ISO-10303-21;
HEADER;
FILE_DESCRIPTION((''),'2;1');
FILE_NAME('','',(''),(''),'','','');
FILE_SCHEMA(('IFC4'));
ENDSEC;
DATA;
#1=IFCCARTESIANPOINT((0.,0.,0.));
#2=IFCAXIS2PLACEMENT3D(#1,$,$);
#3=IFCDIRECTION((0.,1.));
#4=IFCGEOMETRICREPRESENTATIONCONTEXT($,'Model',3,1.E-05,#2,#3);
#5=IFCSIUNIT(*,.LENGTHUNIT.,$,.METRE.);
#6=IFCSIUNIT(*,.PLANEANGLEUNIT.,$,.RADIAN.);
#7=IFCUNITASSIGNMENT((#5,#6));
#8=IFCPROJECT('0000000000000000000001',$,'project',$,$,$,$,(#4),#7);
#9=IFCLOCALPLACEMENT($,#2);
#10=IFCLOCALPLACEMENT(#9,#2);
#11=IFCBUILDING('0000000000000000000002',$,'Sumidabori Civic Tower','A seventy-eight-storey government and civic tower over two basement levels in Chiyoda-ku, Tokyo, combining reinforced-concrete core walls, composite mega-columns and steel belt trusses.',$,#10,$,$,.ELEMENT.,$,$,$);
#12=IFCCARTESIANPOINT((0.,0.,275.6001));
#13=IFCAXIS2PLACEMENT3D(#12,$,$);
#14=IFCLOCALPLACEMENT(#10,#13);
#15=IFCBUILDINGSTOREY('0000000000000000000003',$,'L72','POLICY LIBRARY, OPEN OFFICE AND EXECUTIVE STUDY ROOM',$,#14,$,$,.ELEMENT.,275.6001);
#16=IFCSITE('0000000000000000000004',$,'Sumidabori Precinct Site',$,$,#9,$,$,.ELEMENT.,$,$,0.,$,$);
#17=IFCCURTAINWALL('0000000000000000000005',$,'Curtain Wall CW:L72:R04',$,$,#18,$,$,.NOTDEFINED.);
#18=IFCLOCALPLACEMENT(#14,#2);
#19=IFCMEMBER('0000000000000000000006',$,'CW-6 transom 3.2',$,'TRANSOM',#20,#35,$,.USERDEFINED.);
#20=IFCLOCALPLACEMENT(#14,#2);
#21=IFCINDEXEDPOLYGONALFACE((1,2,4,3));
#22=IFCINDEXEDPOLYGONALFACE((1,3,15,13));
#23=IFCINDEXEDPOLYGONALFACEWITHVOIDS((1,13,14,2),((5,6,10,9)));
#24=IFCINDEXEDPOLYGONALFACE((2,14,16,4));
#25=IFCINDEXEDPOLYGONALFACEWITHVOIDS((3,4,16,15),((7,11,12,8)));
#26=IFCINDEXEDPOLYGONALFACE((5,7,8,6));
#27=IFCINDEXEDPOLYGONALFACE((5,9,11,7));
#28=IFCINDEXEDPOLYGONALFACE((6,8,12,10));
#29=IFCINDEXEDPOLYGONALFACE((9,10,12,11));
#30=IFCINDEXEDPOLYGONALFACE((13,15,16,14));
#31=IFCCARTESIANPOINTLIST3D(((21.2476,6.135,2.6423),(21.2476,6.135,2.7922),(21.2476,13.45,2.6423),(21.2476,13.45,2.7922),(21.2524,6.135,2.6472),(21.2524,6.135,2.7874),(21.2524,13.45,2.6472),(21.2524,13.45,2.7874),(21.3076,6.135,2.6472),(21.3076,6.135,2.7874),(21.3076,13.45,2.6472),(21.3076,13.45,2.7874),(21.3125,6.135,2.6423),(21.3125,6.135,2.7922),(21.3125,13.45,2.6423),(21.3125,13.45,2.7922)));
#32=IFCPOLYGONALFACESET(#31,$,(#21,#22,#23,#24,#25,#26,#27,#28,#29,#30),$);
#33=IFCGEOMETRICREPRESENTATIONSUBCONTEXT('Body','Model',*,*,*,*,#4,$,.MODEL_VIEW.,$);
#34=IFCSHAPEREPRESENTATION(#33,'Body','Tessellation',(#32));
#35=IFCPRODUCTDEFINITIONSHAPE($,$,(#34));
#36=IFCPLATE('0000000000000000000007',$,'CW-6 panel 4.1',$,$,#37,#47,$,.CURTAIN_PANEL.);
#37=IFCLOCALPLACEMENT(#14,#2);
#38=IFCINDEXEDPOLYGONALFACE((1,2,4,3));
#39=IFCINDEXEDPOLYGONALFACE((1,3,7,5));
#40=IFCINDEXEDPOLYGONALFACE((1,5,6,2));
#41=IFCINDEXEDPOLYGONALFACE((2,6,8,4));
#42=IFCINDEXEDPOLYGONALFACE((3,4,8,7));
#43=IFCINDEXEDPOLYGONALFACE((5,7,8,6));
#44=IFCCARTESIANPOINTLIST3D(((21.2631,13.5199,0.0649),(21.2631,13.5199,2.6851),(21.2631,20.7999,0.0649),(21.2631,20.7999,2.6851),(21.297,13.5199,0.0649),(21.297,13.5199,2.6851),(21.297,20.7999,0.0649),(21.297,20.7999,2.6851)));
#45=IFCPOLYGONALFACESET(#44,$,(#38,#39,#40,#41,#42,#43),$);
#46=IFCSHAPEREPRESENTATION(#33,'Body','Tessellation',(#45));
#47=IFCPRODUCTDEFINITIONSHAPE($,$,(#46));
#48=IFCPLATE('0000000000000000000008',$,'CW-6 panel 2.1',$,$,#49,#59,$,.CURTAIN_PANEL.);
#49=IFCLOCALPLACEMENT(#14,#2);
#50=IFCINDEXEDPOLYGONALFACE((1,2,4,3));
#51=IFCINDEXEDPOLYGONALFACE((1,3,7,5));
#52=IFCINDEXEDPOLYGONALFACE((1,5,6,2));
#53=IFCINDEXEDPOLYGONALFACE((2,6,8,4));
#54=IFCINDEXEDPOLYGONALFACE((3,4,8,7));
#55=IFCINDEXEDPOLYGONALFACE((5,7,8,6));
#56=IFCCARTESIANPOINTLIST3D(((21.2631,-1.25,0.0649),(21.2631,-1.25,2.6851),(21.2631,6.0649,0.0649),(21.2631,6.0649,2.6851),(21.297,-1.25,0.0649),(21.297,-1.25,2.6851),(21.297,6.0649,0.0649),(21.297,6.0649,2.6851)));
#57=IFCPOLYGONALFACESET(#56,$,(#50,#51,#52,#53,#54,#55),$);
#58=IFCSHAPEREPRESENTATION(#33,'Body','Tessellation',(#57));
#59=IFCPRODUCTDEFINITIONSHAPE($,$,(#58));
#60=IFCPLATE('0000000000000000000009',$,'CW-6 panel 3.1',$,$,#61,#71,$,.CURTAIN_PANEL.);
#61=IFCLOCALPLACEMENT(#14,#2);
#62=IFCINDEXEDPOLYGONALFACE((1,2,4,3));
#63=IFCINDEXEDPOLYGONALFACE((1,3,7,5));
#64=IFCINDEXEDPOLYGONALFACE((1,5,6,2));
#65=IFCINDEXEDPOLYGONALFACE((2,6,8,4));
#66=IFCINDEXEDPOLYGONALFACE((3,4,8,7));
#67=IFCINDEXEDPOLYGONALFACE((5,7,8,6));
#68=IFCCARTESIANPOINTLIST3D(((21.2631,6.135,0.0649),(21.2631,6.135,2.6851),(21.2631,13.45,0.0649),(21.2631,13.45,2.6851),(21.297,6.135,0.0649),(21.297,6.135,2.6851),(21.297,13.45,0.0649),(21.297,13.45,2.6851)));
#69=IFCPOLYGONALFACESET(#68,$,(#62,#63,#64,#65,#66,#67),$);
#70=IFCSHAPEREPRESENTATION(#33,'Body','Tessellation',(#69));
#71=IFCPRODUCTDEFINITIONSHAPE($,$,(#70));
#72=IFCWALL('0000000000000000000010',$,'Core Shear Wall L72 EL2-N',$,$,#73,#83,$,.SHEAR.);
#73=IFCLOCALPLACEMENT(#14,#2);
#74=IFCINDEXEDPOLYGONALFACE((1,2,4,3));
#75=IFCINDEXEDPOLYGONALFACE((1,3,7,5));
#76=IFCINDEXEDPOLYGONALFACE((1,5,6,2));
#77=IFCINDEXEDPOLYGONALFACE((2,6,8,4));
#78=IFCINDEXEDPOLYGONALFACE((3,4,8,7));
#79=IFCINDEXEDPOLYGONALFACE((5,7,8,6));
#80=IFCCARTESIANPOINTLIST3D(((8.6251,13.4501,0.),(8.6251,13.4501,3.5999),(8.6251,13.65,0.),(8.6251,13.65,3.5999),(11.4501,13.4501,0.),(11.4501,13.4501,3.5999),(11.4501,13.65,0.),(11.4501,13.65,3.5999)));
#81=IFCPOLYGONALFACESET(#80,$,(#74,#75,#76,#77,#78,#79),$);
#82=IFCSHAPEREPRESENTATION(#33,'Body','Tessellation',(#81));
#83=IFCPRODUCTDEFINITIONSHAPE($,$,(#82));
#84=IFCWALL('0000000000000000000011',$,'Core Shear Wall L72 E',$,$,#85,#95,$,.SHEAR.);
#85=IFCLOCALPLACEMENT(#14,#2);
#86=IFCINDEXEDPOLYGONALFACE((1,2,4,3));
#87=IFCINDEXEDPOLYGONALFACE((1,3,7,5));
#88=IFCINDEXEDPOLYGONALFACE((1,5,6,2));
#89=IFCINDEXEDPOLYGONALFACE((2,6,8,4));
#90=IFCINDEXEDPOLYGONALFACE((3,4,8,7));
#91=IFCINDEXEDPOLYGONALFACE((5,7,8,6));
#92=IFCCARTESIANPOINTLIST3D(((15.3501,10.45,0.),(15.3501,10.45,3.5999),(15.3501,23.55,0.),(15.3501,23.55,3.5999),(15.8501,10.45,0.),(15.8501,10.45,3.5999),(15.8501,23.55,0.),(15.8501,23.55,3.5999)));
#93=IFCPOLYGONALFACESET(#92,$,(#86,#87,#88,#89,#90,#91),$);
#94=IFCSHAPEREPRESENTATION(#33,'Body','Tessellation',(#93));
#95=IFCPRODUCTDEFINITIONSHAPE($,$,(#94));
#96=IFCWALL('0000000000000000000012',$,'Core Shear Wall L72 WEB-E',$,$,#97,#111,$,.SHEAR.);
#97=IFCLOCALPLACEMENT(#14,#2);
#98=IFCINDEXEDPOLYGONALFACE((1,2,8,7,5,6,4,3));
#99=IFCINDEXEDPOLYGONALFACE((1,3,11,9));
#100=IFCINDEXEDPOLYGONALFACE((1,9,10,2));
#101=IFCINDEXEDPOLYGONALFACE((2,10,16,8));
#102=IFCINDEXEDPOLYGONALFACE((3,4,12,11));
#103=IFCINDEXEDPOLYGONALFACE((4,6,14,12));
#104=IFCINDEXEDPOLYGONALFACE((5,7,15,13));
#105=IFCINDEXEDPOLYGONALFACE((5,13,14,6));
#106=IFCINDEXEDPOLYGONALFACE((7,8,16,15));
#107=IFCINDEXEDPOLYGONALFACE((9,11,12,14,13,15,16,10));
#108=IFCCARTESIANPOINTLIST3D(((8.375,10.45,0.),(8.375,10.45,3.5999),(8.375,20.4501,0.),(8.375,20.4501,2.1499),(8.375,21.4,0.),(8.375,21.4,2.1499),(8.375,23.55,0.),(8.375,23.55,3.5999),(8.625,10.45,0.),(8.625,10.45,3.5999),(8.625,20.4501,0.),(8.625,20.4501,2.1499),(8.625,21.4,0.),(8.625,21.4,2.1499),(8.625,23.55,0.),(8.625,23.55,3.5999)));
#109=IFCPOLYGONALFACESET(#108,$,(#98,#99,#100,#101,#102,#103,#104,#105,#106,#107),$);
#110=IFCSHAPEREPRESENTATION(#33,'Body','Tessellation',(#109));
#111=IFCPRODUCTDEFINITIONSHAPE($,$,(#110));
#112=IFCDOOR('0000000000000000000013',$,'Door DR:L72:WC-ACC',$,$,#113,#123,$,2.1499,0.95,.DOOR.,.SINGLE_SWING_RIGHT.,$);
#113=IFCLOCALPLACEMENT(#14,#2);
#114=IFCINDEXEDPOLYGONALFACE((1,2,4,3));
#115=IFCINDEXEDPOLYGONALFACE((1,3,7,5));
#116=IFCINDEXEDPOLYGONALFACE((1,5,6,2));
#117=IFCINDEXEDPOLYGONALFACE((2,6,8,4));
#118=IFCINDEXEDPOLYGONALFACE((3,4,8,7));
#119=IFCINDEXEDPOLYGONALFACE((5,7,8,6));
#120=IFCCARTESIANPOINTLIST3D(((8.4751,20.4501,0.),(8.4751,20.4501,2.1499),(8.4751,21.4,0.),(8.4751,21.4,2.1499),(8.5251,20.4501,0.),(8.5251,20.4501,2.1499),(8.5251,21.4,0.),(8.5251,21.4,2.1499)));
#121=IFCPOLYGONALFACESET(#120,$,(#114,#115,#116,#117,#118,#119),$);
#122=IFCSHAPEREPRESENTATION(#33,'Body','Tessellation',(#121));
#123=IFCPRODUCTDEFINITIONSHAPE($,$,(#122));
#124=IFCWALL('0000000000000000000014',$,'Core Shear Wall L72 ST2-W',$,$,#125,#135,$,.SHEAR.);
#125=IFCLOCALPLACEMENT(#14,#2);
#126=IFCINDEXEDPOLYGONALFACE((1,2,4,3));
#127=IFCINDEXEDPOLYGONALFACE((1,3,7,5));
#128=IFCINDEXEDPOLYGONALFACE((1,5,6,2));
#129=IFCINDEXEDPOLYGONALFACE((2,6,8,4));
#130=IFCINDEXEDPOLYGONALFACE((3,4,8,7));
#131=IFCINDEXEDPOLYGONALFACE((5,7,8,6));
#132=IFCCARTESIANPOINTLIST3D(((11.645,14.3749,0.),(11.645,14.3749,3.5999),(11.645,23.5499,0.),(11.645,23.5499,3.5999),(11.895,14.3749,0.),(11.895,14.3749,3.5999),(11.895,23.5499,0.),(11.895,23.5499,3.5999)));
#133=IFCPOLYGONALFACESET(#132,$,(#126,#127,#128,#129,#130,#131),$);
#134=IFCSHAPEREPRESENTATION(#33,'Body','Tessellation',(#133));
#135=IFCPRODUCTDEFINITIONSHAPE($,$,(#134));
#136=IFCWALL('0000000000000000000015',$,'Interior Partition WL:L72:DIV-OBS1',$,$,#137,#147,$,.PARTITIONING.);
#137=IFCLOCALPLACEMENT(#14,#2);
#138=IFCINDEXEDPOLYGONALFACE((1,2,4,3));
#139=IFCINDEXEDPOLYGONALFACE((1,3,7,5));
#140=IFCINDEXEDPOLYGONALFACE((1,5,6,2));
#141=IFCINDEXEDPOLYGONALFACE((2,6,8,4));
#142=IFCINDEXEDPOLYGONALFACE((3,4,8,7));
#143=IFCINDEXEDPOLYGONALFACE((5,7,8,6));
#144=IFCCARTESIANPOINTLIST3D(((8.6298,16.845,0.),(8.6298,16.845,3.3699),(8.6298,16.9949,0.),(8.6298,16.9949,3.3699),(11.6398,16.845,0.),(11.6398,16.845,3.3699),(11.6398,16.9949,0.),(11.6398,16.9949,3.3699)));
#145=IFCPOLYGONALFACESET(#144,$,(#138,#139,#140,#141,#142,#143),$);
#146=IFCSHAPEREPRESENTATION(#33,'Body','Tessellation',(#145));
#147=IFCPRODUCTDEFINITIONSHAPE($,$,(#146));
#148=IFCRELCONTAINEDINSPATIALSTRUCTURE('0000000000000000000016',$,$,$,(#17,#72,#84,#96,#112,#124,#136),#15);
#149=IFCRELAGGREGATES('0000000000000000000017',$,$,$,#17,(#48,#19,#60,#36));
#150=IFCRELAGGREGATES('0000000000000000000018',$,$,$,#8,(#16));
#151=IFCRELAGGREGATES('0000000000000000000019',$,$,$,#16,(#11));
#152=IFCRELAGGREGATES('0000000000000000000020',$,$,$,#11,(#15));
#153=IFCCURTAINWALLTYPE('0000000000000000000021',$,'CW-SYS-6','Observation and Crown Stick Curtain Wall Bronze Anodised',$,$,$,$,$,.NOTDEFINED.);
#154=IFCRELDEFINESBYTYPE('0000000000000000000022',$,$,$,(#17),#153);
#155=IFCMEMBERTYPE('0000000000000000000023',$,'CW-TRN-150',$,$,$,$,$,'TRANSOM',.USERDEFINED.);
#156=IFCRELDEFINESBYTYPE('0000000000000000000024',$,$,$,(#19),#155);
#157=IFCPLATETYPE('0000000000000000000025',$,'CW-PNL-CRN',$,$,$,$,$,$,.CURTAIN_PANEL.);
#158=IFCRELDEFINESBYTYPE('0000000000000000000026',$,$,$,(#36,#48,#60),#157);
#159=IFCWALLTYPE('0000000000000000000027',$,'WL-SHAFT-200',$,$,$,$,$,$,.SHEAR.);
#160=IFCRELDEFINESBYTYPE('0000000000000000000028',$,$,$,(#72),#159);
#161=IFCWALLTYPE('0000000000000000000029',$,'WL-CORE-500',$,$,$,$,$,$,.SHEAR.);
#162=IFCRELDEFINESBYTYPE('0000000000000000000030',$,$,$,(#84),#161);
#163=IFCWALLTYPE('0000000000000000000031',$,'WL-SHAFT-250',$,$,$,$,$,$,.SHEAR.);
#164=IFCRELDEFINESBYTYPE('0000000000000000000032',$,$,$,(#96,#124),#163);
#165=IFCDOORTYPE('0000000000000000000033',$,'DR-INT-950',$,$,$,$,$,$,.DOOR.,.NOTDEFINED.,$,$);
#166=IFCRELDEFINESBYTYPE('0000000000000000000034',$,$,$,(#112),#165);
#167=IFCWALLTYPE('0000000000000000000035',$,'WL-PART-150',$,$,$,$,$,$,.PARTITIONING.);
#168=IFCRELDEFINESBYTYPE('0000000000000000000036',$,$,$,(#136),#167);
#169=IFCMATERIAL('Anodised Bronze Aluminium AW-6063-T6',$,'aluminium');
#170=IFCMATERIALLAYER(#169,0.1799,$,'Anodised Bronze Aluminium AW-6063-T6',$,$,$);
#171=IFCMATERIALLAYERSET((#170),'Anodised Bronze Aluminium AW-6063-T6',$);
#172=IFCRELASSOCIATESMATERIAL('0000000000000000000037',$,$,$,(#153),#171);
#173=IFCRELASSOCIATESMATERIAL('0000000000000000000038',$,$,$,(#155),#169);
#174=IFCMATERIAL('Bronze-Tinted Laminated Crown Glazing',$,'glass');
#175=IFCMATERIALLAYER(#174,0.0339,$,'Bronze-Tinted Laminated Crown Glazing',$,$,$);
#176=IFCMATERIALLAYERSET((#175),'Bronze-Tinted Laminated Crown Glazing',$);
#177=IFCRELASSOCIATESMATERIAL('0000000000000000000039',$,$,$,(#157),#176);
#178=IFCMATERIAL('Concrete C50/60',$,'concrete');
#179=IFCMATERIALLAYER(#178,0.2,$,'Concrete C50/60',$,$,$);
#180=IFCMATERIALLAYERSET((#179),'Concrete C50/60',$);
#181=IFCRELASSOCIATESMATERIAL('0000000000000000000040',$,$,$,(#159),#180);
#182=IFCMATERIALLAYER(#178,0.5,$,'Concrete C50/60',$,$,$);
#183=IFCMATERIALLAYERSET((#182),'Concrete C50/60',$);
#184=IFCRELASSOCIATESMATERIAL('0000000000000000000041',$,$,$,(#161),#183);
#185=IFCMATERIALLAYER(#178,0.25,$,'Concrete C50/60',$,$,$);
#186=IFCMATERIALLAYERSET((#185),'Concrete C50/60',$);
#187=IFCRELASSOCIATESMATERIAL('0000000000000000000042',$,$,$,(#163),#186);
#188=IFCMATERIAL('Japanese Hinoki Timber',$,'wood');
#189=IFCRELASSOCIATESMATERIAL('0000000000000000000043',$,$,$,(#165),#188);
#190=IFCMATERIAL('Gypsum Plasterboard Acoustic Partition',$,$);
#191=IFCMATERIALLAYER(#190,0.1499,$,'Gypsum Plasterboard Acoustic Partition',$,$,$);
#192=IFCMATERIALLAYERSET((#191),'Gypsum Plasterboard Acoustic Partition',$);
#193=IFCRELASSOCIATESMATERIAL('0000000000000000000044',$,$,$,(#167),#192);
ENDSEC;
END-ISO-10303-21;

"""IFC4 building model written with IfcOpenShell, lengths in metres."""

from ifc_helpers import new_model, si_unit, direction, frame, frame_2d, origin, origin_2d, place, context, subcontext, project, spatial, rectangle, hollow_rectangle, extrude, source, transform, mapped, material, layer, layer_set, material_profile, profile_set, type_object, element, fill, aggregate, save


model = new_model("IFC4")

# Units and contexts
model_context = context("Model", 3, precision=1e-05, world=origin(), true_north=direction((0.0, 1.0)))
body_context = subcontext(model_context, "Body", "Model", "MODEL_VIEW")
ifc_project = project(units=[si_unit("LENGTHUNIT", "METRE"), si_unit("PLANEANGLEUNIT", "RADIAN")], contexts=[model_context])

# Site, building, storey
site_placement = place(None, origin())
site = spatial("IfcSite", under=ifc_project, at=site_placement, Name="Sumidabori Precinct Site", CompositionType="ELEMENT", RefElevation=0.0)
building_placement = place(site_placement, origin())
building = spatial("IfcBuilding", under=site, at=building_placement, Name="Sumidabori Civic Tower", Description="A seventy-eight-storey government and civic tower over two basement levels in Chiyoda-ku, Tokyo, combining reinforced-concrete core walls, composite mega-columns and steel belt trusses.", CompositionType="ELEMENT")
storey_placement = place(building_placement, frame((0.0, 0.0, 275.6001)))
storey = spatial("IfcBuildingStorey", under=building, at=storey_placement, Name="L72", Description="POLICY LIBRARY, OPEN OFFICE AND EXECUTIVE STUDY ROOM", CompositionType="ELEMENT", Elevation=275.6001)

# Shared definitions
ifc_material_1 = material(Name="Concrete C50/60", Category="concrete")

# Curtain wall, member, plates
ifc_material_2 = material(Name="Anodised Bronze Aluminium AW-6063-T6", Category="aluminium")
ifc_layer_1 = layer(ifc_material_2, 0.1799, Name="Anodised Bronze Aluminium AW-6063-T6")
ifc_layer_set_1 = layer_set([ifc_layer_1], Name="Anodised Bronze Aluminium AW-6063-T6")
curtain_wall_type = type_object("IfcCurtainWallType", Name="CW-SYS-6", Description="Observation and Crown Stick Curtain Wall Bronze Anodised", PredefinedType="NOTDEFINED", material=ifc_layer_set_1)
curtain_wall_placement = place(storey_placement, origin())
curtain_wall = element("IfcCurtainWall", 1, at=curtain_wall_placement, inside=storey, type_object=curtain_wall_type, Name="Curtain Wall CW:L72:R04", PredefinedType="NOTDEFINED")
ifc_material_profile_1 = material_profile(ifc_material_2, hollow_rectangle(XDim=0.0649, YDim=0.1499, WallThickness=0.0049, at=origin_2d()), Name="ALU TRANSOM 150x65")
ifc_profile_set_1 = profile_set([ifc_material_profile_1], Name="Anodised Bronze Aluminium AW-6063-T6")
member_type_1 = type_object("IfcMemberType", Name="CW-TRN-150", ElementType="TRANSOM", PredefinedType="USERDEFINED", material=ifc_profile_set_1)
shared_shape_1 = source(origin(), body_context, "Body", "SweptSolid", [
    extrude(hollow_rectangle(XDim=0.0649, YDim=0.1499, WallThickness=0.0049, at=origin_2d()), origin(), (0.0, 0.0, 1.0), 7.3149),
])
member_1_placement = place(storey_placement, frame((21.28, 6.135, 2.7173), z_axis=(0.0, 1.0, 0.0), x_axis=(-1.0, 0.0, 0.0)))
member_1 = element("IfcMember", 2, at=member_1_placement, type_object=member_type_1, Name="CW-6 transom 3.2", ObjectType="TRANSOM", PredefinedType="USERDEFINED", context=body_context, shape_type="MappedRepresentation", body=[
    mapped(shared_shape_1, transform((0.0, 0.0, 0.0), x_axis=(1.0, 0.0, 0.0), y_axis=(0.0, 1.0, 0.0), z_axis=(0.0, 0.0, 1.0), scale=1.0)),
])
ifc_material_3 = material(Name="Bronze-Tinted Laminated Crown Glazing", Category="glass")
ifc_layer_2 = layer(ifc_material_3, 0.0339, Name="Bronze-Tinted Laminated Crown Glazing")
ifc_layer_set_2 = layer_set([ifc_layer_2], Name="Bronze-Tinted Laminated Crown Glazing")
plate_type = type_object("IfcPlateType", Name="CW-PNL-CRN", PredefinedType="CURTAIN_PANEL", material=ifc_layer_set_2)
shared_shape_2 = source(origin(), body_context, "Body", "SweptSolid", [
    extrude(rectangle(XDim=7.28, YDim=0.0339, at=origin_2d()), origin(), (0.0, 0.0, 1.0), 2.6201),
])
plate_1_placement = place(storey_placement, frame((21.28, 17.1599, 0.0649), z_axis=(0.0, 0.0, 1.0), x_axis=(0.0, 1.0, 0.0)))
plate_1 = element("IfcPlate", 3, at=plate_1_placement, type_object=plate_type, Name="CW-6 panel 4.1", PredefinedType="CURTAIN_PANEL", context=body_context, shape_type="MappedRepresentation", body=[
    mapped(shared_shape_2, transform((0.0, 0.0, 0.0), x_axis=(1.0, 0.0, 0.0), y_axis=(0.0, 1.0, 0.0), z_axis=(0.0, 0.0, 1.0), scale=1.0)),
])
shared_shape_3 = source(origin(), body_context, "Body", "SweptSolid", [
    extrude(rectangle(XDim=7.3149, YDim=0.0339, at=origin_2d()), origin(), (0.0, 0.0, 1.0), 2.6201),
])
plate_2_placement = place(storey_placement, frame((21.28, 2.4075, 0.0649), z_axis=(0.0, 0.0, 1.0), x_axis=(0.0, 1.0, 0.0)))
plate_2 = element("IfcPlate", 4, at=plate_2_placement, type_object=plate_type, Name="CW-6 panel 2.1", PredefinedType="CURTAIN_PANEL", context=body_context, shape_type="MappedRepresentation", body=[
    mapped(shared_shape_3, transform((0.0, 0.0, 0.0), x_axis=(1.0, 0.0, 0.0), y_axis=(0.0, 1.0, 0.0), z_axis=(0.0, 0.0, 1.0), scale=1.0)),
])
plate_3_placement = place(storey_placement, frame((21.28, 9.7925, 0.0649), z_axis=(0.0, 0.0, 1.0), x_axis=(0.0, 1.0, 0.0)))
plate_3 = element("IfcPlate", 5, at=plate_3_placement, type_object=plate_type, Name="CW-6 panel 3.1", PredefinedType="CURTAIN_PANEL", context=body_context, shape_type="MappedRepresentation", body=[
    mapped(shared_shape_3, transform((0.0, 0.0, 0.0), x_axis=(1.0, 0.0, 0.0), y_axis=(0.0, 1.0, 0.0), z_axis=(0.0, 0.0, 1.0), scale=1.0)),
])
aggregate(curtain_wall, [plate_2, member_1, plate_3, plate_1])

# Walls
ifc_layer_3 = layer(ifc_material_1, 0.2, Name="Concrete C50/60")
ifc_layer_set_3 = layer_set([ifc_layer_3], Name="Concrete C50/60")
wall_type_1 = type_object("IfcWallType", Name="WL-SHAFT-200", PredefinedType="SHEAR", material=ifc_layer_set_3)
shared_shape_4 = source(origin(), body_context, "Body", "SweptSolid", [
    extrude(rectangle(XDim=2.825, YDim=0.2, at=frame_2d((1.4126, 0.0))), origin(), (0.0, 0.0, 1.0), 3.5999),
])
wall_1_placement = place(storey_placement, frame((8.625, 13.55, 0.0), z_axis=(0.0, 0.0, 1.0), x_axis=(1.0, 0.0, 0.0)))
element("IfcWall", 6, at=wall_1_placement, inside=storey, type_object=wall_type_1, Name="Core Shear Wall L72 EL2-N", PredefinedType="SHEAR", context=body_context, shape_type="MappedRepresentation", body=[
    mapped(shared_shape_4, transform((0.0, 0.0, 0.0), x_axis=(1.0, 0.0, 0.0), y_axis=(0.0, 1.0, 0.0), z_axis=(0.0, 0.0, 1.0), scale=1.0)),
])
ifc_layer_4 = layer(ifc_material_1, 0.5, Name="Concrete C50/60")
ifc_layer_set_4 = layer_set([ifc_layer_4], Name="Concrete C50/60")
wall_type_2 = type_object("IfcWallType", Name="WL-CORE-500", PredefinedType="SHEAR", material=ifc_layer_set_4)
shared_shape_5 = source(origin(), body_context, "Body", "SweptSolid", [
    extrude(rectangle(XDim=13.1001, YDim=0.5, at=frame_2d((6.55, 0.0))), origin(), (0.0, 0.0, 1.0), 3.5999),
])
wall_2_placement = place(storey_placement, frame((15.6001, 10.45, 0.0), z_axis=(0.0, 0.0, 1.0), x_axis=(0.0, 1.0, 0.0)))
element("IfcWall", 7, at=wall_2_placement, inside=storey, type_object=wall_type_2, Name="Core Shear Wall L72 E", PredefinedType="SHEAR", context=body_context, shape_type="MappedRepresentation", body=[
    mapped(shared_shape_5, transform((0.0, 0.0, 0.0), x_axis=(1.0, 0.0, 0.0), y_axis=(0.0, 1.0, 0.0), z_axis=(0.0, 0.0, 1.0), scale=1.0)),
])

# Wall, opening, door
ifc_layer_5 = layer(ifc_material_1, 0.25, Name="Concrete C50/60")
ifc_layer_set_5 = layer_set([ifc_layer_5], Name="Concrete C50/60")
wall_type_3 = type_object("IfcWallType", Name="WL-SHAFT-250", PredefinedType="SHEAR", material=ifc_layer_set_5)
shared_shape_6 = source(origin(), body_context, "Body", "SweptSolid", [
    extrude(rectangle(XDim=13.1001, YDim=0.25, at=frame_2d((6.55, 0.0))), origin(), (0.0, 0.0, 1.0), 3.5999),
])
wall_3_placement = place(storey_placement, frame((8.5, 10.45, 0.0), z_axis=(0.0, 0.0, 1.0), x_axis=(0.0, 1.0, 0.0)))
wall_3 = element("IfcWall", 8, at=wall_3_placement, inside=storey, type_object=wall_type_3, Name="Core Shear Wall L72 WEB-E", PredefinedType="SHEAR", context=body_context, shape_type="MappedRepresentation", body=[
    mapped(shared_shape_6, transform((0.0, 0.0, 0.0), x_axis=(1.0, 0.0, 0.0), y_axis=(0.0, 1.0, 0.0), z_axis=(0.0, 0.0, 1.0), scale=1.0)),
])
opening_1_placement = place(wall_3_placement, frame((10.0, 0.0, 0.0)))
opening_1 = element("IfcOpeningElement", 9, at=opening_1_placement, cuts=wall_3, PredefinedType="OPENING", context=body_context, shape_type="SweptSolid", body=[
    extrude(rectangle(XDim=0.95, YDim=2.1499, at=frame_2d((0.4751, 1.075))), frame((0.0, 0.137, 0.0), z_axis=(0.0, -1.0, 0.0), x_axis=(1.0, 0.0, 0.0)), (0.0, 0.0, 1.0), 0.2739),
])
ifc_material_4 = material(Name="Japanese Hinoki Timber", Category="wood")
door_type_1 = type_object("IfcDoorType", Name="DR-INT-950", OperationType="NOTDEFINED", PredefinedType="DOOR", material=ifc_material_4)
shared_shape_7 = source(origin(), body_context, "Body", "SweptSolid", [
    extrude(rectangle(XDim=0.95, YDim=2.1499, at=frame_2d((0.4751, 1.075))), frame((0.0, 0.0249, 0.0), z_axis=(0.0, -1.0, 0.0), x_axis=(1.0, 0.0, 0.0)), (0.0, 0.0, 1.0), 0.05),
])
door_1_placement = place(opening_1_placement, origin())
door_1 = element("IfcDoor", 10, at=door_1_placement, inside=storey, type_object=door_type_1, Name="Door DR:L72:WC-ACC", OperationType="SINGLE_SWING_RIGHT", OverallHeight=2.1499, OverallWidth=0.95, PredefinedType="DOOR", context=body_context, shape_type="MappedRepresentation", body=[
    mapped(shared_shape_7, transform((0.0, 0.0, 0.0), x_axis=(1.0, 0.0, 0.0), y_axis=(0.0, 1.0, 0.0), z_axis=(0.0, 0.0, 1.0), scale=1.0)),
])
fill(opening_1, door_1)

# Wall
shared_shape_8 = source(origin(), body_context, "Body", "SweptSolid", [
    extrude(rectangle(XDim=9.175, YDim=0.25, at=frame_2d((4.5874, 0.0))), origin(), (0.0, 0.0, 1.0), 3.5999),
])
wall_4_placement = place(storey_placement, frame((11.77, 14.375, 0.0), z_axis=(0.0, 0.0, 1.0), x_axis=(0.0, 1.0, 0.0)))
element("IfcWall", 11, at=wall_4_placement, inside=storey, type_object=wall_type_3, Name="Core Shear Wall L72 ST2-W", PredefinedType="SHEAR", context=body_context, shape_type="MappedRepresentation", body=[
    mapped(shared_shape_8, transform((0.0, 0.0, 0.0), x_axis=(1.0, 0.0, 0.0), y_axis=(0.0, 1.0, 0.0), z_axis=(0.0, 0.0, 1.0), scale=1.0)),
])

# Wall
ifc_material_5 = material(Name="Gypsum Plasterboard Acoustic Partition")
ifc_layer_6 = layer(ifc_material_5, 0.1499, Name="Gypsum Plasterboard Acoustic Partition")
ifc_layer_set_6 = layer_set([ifc_layer_6], Name="Gypsum Plasterboard Acoustic Partition")
wall_type_4 = type_object("IfcWallType", Name="WL-PART-150", PredefinedType="PARTITIONING", material=ifc_layer_set_6)
shared_shape_9 = source(origin(), body_context, "Body", "SweptSolid", [
    extrude(rectangle(XDim=3.01, YDim=0.1499, at=frame_2d((1.5049, 0.0))), origin(), (0.0, 0.0, 1.0), 3.3699),
])
wall_5_placement = place(storey_placement, frame((8.6299, 16.9199, 0.0), z_axis=(0.0, 0.0, 1.0), x_axis=(1.0, 0.0, 0.0)))
element("IfcWall", 12, at=wall_5_placement, inside=storey, type_object=wall_type_4, Name="Interior Partition WL:L72:DIV-OBS1", PredefinedType="PARTITIONING", context=body_context, shape_type="MappedRepresentation", body=[
    mapped(shared_shape_9, transform((0.0, 0.0, 0.0), x_axis=(1.0, 0.0, 0.0), y_axis=(0.0, 1.0, 0.0), z_axis=(0.0, 0.0, 1.0), scale=1.0)),
])

save(model, "model.ifc")
